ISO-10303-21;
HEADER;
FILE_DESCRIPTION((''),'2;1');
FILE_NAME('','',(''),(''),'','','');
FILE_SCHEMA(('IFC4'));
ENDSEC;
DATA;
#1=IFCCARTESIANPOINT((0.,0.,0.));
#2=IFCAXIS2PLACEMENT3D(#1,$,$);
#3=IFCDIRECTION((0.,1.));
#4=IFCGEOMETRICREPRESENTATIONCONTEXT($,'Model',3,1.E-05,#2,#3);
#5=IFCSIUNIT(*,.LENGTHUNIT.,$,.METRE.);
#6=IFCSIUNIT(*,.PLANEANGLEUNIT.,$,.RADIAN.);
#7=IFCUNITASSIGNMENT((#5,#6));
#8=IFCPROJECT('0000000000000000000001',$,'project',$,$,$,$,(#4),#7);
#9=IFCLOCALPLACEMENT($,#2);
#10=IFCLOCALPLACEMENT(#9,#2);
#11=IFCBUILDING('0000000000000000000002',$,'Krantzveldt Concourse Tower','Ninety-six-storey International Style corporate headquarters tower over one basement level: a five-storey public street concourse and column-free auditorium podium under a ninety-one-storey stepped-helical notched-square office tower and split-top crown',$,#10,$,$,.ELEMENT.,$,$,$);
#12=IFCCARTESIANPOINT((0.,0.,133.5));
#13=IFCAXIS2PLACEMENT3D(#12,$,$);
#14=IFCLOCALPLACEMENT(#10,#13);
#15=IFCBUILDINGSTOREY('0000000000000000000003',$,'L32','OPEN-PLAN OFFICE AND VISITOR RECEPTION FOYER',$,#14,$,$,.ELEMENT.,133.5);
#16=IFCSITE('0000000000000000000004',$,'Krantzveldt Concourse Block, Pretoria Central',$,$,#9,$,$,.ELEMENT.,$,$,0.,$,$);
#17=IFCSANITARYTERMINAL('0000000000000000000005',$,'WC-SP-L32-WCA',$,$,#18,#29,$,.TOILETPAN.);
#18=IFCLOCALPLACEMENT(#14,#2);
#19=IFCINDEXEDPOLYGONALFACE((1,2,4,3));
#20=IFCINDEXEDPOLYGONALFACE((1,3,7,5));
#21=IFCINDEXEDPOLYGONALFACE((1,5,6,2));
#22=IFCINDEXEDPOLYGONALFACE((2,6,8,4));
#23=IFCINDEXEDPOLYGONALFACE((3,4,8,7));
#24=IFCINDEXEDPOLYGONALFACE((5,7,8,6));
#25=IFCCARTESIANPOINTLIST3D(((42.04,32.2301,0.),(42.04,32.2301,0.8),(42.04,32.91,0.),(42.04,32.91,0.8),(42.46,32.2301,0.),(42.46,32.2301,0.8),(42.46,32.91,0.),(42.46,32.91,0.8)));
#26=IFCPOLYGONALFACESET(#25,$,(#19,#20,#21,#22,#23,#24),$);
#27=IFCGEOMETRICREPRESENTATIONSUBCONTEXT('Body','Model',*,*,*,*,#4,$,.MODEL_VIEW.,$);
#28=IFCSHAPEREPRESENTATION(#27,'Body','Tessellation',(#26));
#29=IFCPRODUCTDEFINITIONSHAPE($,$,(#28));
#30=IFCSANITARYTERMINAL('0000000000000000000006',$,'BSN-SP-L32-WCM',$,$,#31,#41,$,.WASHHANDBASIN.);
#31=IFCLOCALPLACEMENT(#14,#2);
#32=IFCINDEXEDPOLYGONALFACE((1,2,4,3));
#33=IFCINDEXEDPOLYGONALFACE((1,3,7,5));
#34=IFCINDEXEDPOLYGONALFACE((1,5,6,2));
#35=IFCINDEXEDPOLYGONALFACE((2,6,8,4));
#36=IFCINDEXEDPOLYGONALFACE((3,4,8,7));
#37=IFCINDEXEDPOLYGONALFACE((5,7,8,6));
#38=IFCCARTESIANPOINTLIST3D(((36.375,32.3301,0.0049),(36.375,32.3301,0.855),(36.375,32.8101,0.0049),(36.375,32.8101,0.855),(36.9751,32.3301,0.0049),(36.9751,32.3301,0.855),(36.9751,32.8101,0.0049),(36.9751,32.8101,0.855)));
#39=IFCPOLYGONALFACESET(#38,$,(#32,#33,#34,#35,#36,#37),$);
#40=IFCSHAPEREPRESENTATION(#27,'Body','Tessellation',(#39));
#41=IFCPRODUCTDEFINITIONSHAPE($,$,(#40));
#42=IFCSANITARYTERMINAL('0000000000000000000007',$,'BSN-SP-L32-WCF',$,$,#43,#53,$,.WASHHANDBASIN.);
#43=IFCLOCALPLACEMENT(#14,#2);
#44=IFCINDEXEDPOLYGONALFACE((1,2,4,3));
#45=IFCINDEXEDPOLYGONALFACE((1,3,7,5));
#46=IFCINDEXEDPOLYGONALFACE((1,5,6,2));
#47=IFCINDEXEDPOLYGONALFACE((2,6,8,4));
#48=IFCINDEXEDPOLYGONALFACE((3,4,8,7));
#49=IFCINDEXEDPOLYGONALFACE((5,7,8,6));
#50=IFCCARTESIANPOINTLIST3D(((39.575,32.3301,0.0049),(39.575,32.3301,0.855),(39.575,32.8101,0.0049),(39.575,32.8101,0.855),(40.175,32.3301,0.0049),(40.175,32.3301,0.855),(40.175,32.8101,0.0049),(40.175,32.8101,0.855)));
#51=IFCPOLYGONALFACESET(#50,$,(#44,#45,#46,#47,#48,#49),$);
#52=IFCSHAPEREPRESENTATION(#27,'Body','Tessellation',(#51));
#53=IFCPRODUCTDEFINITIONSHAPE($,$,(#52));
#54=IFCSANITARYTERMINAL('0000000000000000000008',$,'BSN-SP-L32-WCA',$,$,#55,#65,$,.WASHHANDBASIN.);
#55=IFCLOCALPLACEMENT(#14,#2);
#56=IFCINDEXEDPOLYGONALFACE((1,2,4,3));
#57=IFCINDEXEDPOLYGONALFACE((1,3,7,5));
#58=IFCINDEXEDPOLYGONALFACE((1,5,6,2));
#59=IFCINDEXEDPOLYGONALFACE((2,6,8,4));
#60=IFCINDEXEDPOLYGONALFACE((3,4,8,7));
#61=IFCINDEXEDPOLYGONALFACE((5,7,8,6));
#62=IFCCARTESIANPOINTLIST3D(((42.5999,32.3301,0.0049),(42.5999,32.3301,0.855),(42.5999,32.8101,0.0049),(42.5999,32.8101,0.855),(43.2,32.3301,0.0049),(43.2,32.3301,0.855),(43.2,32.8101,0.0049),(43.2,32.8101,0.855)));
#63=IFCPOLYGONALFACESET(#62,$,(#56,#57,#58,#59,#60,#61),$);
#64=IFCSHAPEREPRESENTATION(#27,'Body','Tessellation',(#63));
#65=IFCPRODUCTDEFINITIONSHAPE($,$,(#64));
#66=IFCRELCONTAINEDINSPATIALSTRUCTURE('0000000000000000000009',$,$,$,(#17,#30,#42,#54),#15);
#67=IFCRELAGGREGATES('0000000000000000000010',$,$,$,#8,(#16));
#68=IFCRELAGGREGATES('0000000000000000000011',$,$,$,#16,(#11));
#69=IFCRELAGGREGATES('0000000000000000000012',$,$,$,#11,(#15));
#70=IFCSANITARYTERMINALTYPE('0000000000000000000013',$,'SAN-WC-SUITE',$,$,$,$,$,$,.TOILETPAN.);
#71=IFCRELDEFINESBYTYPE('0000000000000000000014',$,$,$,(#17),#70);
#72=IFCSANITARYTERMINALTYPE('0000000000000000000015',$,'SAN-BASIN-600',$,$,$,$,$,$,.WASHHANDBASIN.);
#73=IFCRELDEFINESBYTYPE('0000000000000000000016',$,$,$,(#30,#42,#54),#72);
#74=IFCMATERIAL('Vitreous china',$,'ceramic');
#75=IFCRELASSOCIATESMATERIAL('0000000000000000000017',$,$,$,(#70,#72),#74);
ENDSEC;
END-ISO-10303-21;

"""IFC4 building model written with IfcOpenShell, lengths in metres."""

from ifc_helpers import new_model, si_unit, direction, frame, origin, origin_2d, place, context, subcontext, project, spatial, rectangle, extrude, source, transform, mapped, material, type_object, type_shapes, element, save


model = new_model("IFC4")

# Units and contexts
model_context = context("Model", 3, precision=1e-05, world=origin(), true_north=direction((0.0, 1.0)))
body_context = subcontext(model_context, "Body", "Model", "MODEL_VIEW")
ifc_project = project(units=[si_unit("LENGTHUNIT", "METRE"), si_unit("PLANEANGLEUNIT", "RADIAN")], contexts=[model_context])

# Site, building, storey
site_placement = place(None, origin())
site = spatial("IfcSite", under=ifc_project, at=site_placement, Name="Krantzveldt Concourse Block, Pretoria Central", CompositionType="ELEMENT", RefElevation=0.0)
building_placement = place(site_placement, origin())
building = spatial("IfcBuilding", under=site, at=building_placement, Name="Krantzveldt Concourse Tower", Description="Ninety-six-storey International Style corporate headquarters tower over one basement level: a five-storey public street concourse and column-free auditorium podium under a ninety-one-storey stepped-helical notched-square office tower and split-top crown", CompositionType="ELEMENT")
storey_placement = place(building_placement, frame((0.0, 0.0, 133.5)))
storey = spatial("IfcBuildingStorey", under=building, at=storey_placement, Name="L32", Description="OPEN-PLAN OFFICE AND VISITOR RECEPTION FOYER", CompositionType="ELEMENT", Elevation=133.5)

# Sanitary terminals
ifc_material_1 = material(Name="Vitreous china", Category="ceramic")
sanitary_terminal_type_1 = type_object("IfcSanitaryTerminalType", Name="SAN-WC-SUITE", PredefinedType="TOILETPAN", material=ifc_material_1)
shared_shape_1 = source(origin(), body_context, "Body", "SweptSolid", [
    extrude(rectangle(XDim=0.4199, YDim=0.6799, at=origin_2d()), origin(), (0.0, 0.0, 1.0), 0.8),
])
type_shapes(sanitary_terminal_type_1, [shared_shape_1])
for number, where, z_axis, x_axis, name in (
    (1, (42.25, 32.5701, 0.0), (0.0, 0.0, 1.0), (1.0, 0.0, 0.0), "WC-SP-L32-WCA"),
):
    element("IfcSanitaryTerminal", number, at=place(storey_placement, frame(where, z_axis=z_axis, x_axis=x_axis)), inside=storey, type_object=sanitary_terminal_type_1, Name=name, PredefinedType="TOILETPAN", context=body_context, shape_type="MappedRepresentation", body=[
        mapped(shared_shape_1, transform((0.0, 0.0, 0.0), x_axis=(1.0, 0.0, 0.0), y_axis=(0.0, 1.0, 0.0), z_axis=(0.0, 0.0, 1.0), scale=1.0)),
    ])
sanitary_terminal_type_2 = type_object("IfcSanitaryTerminalType", Name="SAN-BASIN-600", PredefinedType="WASHHANDBASIN", material=ifc_material_1)
shared_shape_2 = source(origin(), body_context, "Body", "SweptSolid", [
    extrude(rectangle(XDim=0.6001, YDim=0.48, at=origin_2d()), origin(), (0.0, 0.0, 1.0), 0.8501),
])
type_shapes(sanitary_terminal_type_2, [shared_shape_2])
for number, where, z_axis, x_axis, name in (
    (2, (36.675, 32.5701, 0.0049), (0.0, 0.0, 1.0), (1.0, 0.0, 0.0), "BSN-SP-L32-WCM"),
    (3, (39.875, 32.5701, 0.0049), (0.0, 0.0, 1.0), (1.0, 0.0, 0.0), "BSN-SP-L32-WCF"),
    (4, (42.8999, 32.5701, 0.0049), (0.0, 0.0, 1.0), (1.0, 0.0, 0.0), "BSN-SP-L32-WCA"),
):
    element("IfcSanitaryTerminal", number, at=place(storey_placement, frame(where, z_axis=z_axis, x_axis=x_axis)), inside=storey, type_object=sanitary_terminal_type_2, Name=name, PredefinedType="WASHHANDBASIN", context=body_context, shape_type="MappedRepresentation", body=[
        mapped(shared_shape_2, transform((0.0, 0.0, 0.0), x_axis=(1.0, 0.0, 0.0), y_axis=(0.0, 1.0, 0.0), z_axis=(0.0, 0.0, 1.0), scale=1.0)),
    ])

save(model, "model.ifc")
